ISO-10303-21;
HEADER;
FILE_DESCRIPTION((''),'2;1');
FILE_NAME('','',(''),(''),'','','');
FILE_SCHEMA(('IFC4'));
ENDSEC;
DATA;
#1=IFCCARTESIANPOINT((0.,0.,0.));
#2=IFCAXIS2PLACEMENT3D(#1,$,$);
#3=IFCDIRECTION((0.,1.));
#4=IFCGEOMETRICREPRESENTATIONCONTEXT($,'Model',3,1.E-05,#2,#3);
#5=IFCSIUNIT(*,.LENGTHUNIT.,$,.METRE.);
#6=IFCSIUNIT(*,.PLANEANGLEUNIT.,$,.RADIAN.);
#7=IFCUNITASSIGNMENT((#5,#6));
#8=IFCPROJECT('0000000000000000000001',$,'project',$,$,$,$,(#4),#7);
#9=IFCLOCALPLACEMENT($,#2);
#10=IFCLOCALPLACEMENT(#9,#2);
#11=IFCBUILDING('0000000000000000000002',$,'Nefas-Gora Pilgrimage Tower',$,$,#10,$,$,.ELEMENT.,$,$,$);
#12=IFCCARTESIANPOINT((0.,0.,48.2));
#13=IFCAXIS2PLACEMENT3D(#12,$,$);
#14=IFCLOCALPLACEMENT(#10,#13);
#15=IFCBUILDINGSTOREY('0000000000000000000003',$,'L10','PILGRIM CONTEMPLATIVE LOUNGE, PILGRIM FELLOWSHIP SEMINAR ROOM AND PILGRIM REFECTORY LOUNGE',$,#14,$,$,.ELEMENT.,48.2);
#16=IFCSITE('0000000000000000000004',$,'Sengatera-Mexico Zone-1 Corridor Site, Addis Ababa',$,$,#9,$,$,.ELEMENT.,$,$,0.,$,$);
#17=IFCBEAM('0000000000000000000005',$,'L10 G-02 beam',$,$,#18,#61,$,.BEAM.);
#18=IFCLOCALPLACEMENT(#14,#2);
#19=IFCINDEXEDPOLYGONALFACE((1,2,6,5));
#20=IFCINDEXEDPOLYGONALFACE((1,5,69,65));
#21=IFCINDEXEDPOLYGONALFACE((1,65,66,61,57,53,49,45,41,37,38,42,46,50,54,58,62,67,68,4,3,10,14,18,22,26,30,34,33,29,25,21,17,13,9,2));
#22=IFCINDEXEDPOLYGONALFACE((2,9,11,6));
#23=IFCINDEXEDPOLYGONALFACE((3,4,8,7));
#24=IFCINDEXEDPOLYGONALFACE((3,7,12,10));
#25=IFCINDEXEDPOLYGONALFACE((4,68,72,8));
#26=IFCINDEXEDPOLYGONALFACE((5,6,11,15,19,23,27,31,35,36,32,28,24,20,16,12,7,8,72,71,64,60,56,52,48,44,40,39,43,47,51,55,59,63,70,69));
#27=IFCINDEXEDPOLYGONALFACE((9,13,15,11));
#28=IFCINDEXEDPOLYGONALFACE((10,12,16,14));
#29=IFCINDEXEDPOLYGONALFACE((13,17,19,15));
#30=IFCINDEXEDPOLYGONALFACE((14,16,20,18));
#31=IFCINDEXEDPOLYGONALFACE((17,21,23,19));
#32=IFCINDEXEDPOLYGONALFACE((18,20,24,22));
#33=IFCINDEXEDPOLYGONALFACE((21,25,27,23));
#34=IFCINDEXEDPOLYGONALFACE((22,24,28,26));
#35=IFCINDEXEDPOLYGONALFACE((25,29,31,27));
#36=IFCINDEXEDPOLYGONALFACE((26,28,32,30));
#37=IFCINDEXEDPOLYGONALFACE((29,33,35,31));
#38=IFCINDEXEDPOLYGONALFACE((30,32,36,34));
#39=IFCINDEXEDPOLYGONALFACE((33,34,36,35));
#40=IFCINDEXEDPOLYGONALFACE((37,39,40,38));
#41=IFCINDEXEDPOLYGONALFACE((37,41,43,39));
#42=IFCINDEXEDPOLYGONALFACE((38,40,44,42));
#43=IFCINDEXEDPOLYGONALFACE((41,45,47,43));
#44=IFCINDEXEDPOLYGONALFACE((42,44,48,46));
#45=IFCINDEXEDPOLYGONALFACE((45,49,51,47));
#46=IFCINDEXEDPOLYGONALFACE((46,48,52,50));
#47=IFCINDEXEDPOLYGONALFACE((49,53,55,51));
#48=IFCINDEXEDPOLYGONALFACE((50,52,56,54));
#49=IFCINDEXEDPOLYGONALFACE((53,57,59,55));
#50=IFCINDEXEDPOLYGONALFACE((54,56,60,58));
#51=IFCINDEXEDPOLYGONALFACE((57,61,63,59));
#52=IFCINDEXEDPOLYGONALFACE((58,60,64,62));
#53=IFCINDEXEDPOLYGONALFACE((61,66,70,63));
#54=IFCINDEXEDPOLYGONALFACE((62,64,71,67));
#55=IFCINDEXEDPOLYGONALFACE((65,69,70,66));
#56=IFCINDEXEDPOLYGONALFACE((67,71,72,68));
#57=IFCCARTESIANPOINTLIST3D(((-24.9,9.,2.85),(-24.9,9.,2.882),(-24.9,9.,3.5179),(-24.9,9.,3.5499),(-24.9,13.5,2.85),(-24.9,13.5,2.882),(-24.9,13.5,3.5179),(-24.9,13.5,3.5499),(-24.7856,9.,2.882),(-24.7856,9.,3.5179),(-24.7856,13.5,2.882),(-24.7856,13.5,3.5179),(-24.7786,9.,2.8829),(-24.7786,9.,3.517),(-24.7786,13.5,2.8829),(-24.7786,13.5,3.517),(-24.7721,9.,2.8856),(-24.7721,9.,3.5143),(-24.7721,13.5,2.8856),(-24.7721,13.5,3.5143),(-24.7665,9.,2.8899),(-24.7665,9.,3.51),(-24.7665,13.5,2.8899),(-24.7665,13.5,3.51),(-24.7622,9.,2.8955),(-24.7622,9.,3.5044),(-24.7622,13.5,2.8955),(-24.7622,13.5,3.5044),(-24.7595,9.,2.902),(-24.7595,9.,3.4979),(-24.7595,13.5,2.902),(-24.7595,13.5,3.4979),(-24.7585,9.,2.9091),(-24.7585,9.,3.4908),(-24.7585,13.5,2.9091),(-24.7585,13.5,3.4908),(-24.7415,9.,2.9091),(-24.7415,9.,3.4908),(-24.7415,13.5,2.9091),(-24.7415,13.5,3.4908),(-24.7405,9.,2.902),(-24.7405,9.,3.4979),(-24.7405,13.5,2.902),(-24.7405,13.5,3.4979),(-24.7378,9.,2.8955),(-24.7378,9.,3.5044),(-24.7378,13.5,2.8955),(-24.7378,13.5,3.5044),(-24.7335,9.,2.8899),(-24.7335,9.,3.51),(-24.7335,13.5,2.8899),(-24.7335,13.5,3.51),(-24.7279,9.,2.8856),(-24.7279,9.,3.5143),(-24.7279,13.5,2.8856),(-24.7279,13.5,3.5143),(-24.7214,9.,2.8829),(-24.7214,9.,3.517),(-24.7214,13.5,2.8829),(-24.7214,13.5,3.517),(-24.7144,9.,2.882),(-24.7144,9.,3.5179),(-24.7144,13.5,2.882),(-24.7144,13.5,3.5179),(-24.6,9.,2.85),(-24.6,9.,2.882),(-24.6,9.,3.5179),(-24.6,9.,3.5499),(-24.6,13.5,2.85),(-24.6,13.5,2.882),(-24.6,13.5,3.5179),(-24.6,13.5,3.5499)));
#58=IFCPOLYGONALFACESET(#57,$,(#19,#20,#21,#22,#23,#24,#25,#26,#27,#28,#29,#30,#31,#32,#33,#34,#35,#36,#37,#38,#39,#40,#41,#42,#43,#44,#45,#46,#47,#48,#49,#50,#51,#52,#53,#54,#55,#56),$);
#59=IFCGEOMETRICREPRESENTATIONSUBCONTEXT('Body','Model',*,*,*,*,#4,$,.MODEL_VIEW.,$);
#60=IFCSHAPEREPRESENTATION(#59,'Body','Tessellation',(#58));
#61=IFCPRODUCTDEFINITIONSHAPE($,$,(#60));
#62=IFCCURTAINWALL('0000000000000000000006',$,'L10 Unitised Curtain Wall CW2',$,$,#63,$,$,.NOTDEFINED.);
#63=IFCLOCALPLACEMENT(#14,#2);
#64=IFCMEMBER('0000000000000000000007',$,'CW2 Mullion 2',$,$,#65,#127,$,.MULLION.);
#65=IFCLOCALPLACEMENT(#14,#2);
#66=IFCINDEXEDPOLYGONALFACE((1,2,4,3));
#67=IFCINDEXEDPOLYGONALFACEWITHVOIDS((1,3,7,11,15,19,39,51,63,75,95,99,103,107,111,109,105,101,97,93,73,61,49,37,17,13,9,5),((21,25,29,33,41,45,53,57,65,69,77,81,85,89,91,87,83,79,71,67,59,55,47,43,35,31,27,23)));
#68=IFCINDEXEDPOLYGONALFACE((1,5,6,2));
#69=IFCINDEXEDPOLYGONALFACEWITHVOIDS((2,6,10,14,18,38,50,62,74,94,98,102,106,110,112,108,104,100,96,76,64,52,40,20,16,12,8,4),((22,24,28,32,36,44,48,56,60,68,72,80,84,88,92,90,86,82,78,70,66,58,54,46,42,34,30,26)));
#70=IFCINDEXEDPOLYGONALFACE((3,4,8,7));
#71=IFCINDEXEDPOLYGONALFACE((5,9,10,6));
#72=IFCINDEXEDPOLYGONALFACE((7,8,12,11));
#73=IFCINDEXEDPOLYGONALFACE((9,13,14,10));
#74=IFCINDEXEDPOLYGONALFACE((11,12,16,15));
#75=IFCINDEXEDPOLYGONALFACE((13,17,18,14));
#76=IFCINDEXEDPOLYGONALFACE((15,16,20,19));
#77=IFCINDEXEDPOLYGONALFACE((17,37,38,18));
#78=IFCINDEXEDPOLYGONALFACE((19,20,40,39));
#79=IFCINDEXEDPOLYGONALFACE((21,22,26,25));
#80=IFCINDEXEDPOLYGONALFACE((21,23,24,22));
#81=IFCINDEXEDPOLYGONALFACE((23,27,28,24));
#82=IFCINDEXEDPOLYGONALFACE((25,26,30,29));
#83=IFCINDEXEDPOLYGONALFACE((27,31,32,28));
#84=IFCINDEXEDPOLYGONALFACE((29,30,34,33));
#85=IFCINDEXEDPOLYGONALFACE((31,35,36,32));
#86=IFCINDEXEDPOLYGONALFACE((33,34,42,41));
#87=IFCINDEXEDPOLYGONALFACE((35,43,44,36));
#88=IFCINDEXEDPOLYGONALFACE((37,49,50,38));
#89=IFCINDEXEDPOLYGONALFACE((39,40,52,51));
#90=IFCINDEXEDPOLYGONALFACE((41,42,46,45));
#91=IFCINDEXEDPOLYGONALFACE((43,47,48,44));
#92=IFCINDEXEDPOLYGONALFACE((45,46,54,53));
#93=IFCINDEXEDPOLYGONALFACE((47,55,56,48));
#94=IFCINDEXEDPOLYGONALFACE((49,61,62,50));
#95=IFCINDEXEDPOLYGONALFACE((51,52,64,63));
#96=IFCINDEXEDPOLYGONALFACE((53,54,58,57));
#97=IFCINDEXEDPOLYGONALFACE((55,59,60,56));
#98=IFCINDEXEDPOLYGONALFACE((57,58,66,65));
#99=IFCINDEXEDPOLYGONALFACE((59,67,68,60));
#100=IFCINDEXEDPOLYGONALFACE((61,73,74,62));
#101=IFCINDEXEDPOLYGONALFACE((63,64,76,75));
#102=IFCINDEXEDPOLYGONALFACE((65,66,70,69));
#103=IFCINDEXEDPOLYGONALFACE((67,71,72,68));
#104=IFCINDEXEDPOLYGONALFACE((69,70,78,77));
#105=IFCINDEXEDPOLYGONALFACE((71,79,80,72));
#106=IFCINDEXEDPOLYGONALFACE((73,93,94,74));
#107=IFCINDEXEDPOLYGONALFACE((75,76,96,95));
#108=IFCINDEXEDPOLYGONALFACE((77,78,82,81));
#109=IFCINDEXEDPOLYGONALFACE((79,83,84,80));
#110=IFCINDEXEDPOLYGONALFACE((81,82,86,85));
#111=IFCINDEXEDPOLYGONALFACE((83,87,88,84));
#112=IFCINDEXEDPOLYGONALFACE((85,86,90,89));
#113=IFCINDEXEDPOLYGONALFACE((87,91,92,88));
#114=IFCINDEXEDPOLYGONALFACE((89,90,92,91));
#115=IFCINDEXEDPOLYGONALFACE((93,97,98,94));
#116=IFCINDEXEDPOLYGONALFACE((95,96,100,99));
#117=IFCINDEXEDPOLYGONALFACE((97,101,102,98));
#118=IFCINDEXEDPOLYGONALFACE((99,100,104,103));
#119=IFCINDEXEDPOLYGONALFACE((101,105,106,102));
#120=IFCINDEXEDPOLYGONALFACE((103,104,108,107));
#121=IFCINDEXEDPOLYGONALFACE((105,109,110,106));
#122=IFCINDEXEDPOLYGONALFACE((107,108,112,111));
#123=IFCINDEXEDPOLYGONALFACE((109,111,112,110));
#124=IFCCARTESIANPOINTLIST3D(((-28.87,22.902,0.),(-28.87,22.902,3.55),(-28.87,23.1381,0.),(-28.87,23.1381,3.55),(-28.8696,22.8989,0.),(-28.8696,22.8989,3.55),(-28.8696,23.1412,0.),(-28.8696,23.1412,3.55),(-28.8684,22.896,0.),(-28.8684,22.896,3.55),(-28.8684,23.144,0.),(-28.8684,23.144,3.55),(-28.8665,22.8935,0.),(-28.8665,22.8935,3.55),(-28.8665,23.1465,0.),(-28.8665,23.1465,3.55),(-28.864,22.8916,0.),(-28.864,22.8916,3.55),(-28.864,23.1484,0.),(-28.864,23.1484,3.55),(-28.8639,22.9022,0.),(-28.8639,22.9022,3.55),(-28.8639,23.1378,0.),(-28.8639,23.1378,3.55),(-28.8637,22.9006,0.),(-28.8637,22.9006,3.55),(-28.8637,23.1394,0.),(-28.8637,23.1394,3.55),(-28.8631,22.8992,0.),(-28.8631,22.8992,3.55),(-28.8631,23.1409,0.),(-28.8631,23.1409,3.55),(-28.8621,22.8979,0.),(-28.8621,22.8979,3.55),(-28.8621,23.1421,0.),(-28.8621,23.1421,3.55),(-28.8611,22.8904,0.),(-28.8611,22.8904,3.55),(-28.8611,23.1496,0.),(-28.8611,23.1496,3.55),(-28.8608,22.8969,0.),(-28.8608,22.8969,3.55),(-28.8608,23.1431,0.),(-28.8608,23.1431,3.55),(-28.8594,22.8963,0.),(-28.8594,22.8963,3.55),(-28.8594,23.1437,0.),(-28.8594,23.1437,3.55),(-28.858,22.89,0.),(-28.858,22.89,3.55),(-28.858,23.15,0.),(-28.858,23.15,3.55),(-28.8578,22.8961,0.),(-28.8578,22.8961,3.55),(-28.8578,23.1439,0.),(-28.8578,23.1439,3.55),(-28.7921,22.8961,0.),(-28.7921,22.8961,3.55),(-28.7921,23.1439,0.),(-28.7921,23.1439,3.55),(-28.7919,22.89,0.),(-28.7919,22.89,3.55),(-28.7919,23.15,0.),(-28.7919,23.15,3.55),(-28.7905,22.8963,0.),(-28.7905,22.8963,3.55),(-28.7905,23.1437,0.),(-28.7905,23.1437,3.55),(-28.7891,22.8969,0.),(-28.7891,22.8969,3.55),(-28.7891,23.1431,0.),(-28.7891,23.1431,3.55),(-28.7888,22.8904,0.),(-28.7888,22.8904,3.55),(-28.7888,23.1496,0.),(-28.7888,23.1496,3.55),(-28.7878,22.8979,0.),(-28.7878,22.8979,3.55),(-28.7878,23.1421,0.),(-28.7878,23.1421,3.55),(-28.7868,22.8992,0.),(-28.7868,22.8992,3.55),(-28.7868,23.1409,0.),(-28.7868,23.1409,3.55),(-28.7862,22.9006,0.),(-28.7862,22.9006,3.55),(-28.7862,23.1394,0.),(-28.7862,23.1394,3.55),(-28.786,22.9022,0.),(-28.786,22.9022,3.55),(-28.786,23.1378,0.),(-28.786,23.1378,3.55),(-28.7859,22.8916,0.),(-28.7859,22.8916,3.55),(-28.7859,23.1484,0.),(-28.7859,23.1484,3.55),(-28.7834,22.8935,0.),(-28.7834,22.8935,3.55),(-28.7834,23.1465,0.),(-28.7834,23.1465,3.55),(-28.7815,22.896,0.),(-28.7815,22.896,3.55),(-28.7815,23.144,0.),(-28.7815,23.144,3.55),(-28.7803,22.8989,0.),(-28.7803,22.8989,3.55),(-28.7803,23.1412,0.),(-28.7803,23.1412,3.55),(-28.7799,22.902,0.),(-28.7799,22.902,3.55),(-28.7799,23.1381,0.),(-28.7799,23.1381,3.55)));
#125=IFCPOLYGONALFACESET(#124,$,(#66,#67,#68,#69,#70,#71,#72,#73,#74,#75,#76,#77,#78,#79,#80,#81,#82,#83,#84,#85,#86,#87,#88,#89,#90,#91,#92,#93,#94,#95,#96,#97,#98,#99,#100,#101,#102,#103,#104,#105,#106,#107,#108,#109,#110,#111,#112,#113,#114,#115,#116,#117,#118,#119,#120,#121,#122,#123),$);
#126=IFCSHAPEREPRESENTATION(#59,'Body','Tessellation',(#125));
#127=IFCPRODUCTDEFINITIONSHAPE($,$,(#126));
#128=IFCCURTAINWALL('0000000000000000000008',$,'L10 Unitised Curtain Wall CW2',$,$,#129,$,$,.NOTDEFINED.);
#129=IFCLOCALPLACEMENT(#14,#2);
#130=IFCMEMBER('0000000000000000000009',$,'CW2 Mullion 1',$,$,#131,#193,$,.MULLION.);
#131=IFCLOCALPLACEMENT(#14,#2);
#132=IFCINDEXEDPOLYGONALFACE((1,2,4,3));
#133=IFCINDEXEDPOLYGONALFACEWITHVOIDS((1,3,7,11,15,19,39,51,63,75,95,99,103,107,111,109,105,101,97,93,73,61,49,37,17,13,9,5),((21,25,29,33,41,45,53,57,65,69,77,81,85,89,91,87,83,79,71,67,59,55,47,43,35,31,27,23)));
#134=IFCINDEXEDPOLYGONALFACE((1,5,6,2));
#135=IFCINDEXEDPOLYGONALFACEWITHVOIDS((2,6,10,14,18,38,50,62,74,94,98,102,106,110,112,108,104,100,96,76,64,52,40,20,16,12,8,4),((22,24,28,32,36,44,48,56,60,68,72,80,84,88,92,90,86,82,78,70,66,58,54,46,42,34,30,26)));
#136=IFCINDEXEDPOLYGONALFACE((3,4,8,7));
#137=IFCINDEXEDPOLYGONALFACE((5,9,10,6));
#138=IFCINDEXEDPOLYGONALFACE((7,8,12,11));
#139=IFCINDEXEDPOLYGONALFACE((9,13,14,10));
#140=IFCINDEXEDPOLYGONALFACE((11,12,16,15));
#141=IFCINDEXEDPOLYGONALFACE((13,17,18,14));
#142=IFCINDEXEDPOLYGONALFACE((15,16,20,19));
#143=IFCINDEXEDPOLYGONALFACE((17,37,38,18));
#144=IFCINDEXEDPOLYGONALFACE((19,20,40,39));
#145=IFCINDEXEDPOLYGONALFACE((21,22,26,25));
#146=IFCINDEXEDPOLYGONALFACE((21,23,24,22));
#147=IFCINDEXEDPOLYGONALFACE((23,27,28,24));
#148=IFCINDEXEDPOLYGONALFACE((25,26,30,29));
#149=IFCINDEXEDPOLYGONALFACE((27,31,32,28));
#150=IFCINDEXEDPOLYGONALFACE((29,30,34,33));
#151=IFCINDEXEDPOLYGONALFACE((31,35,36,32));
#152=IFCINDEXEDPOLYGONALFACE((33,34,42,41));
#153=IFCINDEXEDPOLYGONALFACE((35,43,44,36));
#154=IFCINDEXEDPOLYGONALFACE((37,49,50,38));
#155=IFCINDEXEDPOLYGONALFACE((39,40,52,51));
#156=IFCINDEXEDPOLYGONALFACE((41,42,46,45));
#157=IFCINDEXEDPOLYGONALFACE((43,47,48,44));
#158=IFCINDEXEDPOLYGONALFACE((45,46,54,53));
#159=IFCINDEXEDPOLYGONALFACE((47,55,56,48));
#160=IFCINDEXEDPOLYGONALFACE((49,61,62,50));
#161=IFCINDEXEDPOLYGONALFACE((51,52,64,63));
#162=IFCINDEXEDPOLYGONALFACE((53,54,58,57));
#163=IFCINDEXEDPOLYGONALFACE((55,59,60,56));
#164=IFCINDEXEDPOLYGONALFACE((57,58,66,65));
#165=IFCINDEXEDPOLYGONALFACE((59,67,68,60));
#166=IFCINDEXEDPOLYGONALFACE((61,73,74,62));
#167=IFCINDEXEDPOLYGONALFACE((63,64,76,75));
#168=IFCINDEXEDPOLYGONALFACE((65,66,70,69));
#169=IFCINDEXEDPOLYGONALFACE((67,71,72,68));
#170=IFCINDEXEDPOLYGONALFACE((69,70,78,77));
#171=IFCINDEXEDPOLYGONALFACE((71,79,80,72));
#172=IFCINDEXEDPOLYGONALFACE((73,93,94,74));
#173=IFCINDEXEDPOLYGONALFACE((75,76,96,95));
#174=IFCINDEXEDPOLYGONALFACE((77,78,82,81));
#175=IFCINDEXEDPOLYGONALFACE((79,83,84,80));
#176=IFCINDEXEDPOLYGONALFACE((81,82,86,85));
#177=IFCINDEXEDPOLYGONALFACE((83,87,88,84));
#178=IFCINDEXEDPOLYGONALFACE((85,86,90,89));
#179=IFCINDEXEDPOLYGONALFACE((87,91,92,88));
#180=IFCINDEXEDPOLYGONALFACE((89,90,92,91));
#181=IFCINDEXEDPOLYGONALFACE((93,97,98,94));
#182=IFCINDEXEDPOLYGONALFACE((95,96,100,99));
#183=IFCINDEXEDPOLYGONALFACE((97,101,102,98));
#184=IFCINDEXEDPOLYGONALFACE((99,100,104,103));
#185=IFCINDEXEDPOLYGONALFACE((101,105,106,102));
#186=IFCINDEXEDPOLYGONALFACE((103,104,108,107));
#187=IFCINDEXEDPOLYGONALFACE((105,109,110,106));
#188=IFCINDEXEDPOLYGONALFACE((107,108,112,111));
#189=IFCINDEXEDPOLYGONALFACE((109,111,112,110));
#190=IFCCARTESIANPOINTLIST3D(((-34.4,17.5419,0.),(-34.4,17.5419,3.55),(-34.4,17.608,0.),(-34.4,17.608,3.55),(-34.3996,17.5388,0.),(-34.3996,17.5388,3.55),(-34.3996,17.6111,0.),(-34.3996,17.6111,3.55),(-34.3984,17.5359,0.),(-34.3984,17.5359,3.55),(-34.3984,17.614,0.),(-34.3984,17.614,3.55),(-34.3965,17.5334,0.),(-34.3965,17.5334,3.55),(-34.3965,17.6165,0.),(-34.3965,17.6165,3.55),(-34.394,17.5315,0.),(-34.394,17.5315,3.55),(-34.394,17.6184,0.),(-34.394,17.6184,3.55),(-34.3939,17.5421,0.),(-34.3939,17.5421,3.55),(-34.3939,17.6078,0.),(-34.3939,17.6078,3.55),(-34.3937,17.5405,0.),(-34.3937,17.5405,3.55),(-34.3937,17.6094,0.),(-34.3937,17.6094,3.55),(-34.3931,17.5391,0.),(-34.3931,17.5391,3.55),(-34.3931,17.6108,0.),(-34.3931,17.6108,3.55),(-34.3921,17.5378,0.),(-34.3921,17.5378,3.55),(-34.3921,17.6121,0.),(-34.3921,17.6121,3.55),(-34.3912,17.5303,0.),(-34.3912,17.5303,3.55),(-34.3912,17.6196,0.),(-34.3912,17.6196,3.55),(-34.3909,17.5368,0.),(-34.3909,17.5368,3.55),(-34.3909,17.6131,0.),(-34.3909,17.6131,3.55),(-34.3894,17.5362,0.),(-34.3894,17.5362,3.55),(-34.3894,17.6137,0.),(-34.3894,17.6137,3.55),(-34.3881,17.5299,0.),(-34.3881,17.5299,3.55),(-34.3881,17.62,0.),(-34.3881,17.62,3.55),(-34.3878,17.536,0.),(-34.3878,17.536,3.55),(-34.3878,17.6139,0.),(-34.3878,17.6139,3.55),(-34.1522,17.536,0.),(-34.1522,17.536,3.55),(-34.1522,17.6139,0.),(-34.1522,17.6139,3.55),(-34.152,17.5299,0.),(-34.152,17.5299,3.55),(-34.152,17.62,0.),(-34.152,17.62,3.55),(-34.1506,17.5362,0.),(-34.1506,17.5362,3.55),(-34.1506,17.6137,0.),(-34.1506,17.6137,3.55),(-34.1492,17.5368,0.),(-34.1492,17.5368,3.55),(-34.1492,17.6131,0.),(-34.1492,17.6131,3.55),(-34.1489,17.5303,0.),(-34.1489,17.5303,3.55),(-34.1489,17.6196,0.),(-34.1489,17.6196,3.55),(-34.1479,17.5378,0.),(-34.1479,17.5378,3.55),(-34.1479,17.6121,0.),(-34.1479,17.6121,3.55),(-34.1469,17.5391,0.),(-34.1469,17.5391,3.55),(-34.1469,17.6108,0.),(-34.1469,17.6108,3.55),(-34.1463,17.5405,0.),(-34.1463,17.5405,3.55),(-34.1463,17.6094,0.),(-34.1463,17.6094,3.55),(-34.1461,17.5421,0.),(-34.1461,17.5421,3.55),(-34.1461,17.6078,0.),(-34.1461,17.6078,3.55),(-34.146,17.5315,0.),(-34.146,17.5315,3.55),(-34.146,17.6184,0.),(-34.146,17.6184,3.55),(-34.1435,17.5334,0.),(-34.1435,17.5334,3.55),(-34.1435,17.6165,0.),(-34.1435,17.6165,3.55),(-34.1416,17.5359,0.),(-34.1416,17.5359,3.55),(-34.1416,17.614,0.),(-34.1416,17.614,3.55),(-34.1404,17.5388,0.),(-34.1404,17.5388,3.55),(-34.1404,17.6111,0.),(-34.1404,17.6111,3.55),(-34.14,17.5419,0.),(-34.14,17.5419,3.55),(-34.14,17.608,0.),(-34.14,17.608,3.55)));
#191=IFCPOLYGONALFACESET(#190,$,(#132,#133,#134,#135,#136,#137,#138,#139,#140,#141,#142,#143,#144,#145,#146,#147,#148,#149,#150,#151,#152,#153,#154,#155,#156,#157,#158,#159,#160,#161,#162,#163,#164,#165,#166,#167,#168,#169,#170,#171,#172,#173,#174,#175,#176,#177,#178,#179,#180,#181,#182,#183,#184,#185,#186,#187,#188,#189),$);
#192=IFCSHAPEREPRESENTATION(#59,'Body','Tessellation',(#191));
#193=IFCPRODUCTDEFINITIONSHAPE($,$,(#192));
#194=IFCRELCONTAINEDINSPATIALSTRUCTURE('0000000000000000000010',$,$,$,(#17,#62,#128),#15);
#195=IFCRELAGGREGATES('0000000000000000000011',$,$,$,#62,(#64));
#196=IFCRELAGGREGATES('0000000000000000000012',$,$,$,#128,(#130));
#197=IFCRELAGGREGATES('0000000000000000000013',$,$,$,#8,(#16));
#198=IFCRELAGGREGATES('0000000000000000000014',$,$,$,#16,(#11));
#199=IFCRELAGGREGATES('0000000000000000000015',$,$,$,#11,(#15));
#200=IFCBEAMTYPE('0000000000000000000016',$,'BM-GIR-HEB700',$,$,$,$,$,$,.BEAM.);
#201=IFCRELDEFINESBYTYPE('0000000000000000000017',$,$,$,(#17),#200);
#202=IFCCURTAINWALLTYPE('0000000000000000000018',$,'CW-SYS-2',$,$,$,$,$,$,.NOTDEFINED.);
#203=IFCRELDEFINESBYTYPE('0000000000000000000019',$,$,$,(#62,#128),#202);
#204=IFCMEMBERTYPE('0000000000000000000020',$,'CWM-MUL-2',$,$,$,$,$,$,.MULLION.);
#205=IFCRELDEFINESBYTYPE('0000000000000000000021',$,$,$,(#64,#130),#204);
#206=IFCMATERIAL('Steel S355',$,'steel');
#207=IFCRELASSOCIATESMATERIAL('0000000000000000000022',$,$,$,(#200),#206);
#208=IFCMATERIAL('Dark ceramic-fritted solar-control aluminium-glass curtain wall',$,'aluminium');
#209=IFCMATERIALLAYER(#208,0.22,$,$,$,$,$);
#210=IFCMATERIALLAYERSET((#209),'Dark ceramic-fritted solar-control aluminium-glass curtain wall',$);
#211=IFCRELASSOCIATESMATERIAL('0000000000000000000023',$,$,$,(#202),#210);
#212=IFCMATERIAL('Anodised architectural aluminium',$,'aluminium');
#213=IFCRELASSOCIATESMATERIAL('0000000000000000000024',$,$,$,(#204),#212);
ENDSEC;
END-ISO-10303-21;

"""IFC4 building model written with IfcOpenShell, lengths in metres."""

from ifc_helpers import new_model, si_unit, direction, frame, origin, origin_2d, place, context, subcontext, project, spatial, hollow_rectangle, i_section, extrude, source, transform, mapped, material, layer, layer_set, material_profile, profile_set, type_object, element, aggregate, save


model = new_model("IFC4")

# Units and contexts
model_context = context("Model", 3, precision=1e-05, world=origin(), true_north=direction((0.0, 1.0)))
body_context = subcontext(model_context, "Body", "Model", "MODEL_VIEW")
ifc_project = project(units=[si_unit("LENGTHUNIT", "METRE"), si_unit("PLANEANGLEUNIT", "RADIAN")], contexts=[model_context])

# Site, building, storey
site_placement = place(None, origin())
site = spatial("IfcSite", under=ifc_project, at=site_placement, Name="Sengatera-Mexico Zone-1 Corridor Site, Addis Ababa", CompositionType="ELEMENT", RefElevation=0.0)
building_placement = place(site_placement, origin())
building = spatial("IfcBuilding", under=site, at=building_placement, Name="Nefas-Gora Pilgrimage Tower", CompositionType="ELEMENT")
storey_placement = place(building_placement, frame((0.0, 0.0, 48.2)))
storey = spatial("IfcBuildingStorey", under=building, at=storey_placement, Name="L10", Description="PILGRIM CONTEMPLATIVE LOUNGE, PILGRIM FELLOWSHIP SEMINAR ROOM AND PILGRIM REFECTORY LOUNGE", CompositionType="ELEMENT", Elevation=48.2)

# Beam
ifc_material_1 = material(Name="Steel S355", Category="steel")
ifc_material_profile_1 = material_profile(ifc_material_1, i_section(OverallWidth=0.3, OverallDepth=0.7, WebThickness=0.0171, FlangeThickness=0.032, FilletRadius=0.0271, at=origin_2d()), Name="HEB 700")
ifc_profile_set_1 = profile_set([ifc_material_profile_1], Name="Steel S355")
beam_type_1 = type_object("IfcBeamType", Name="BM-GIR-HEB700", PredefinedType="BEAM", material=ifc_profile_set_1)
shared_shape_1 = source(origin(), body_context, "Body", "SweptSolid", [
    extrude(i_section(OverallWidth=0.3, OverallDepth=0.7, WebThickness=0.0171, FlangeThickness=0.032, FilletRadius=0.0271, at=origin_2d()), origin(), (0.0, 0.0, 1.0), 4.5),
])
for number, where, z_axis, x_axis, name in (
    (1, (-24.75, 9.0, 3.2), (0.0, 1.0, 0.0), (-1.0, 0.0, 0.0), "L10 G-02 beam"),
):
    element("IfcBeam", number, at=place(storey_placement, frame(where, z_axis=z_axis, x_axis=x_axis)), inside=storey, type_object=beam_type_1, Name=name, PredefinedType="BEAM", context=body_context, shape_type="MappedRepresentation", body=[
        mapped(shared_shape_1, transform((0.0, 0.0, 0.0), x_axis=(1.0, 0.0, 0.0), y_axis=(0.0, 1.0, 0.0), z_axis=(0.0, 0.0, 1.0), scale=1.0)),
    ])

# Curtain wall, member
ifc_material_2 = material(Name="Dark ceramic-fritted solar-control aluminium-glass curtain wall", Category="aluminium")
ifc_layer_1 = layer(ifc_material_2, 0.22)
ifc_layer_set_1 = layer_set([ifc_layer_1], Name="Dark ceramic-fritted solar-control aluminium-glass curtain wall")
curtain_wall_type = type_object("IfcCurtainWallType", Name="CW-SYS-2", PredefinedType="NOTDEFINED", material=ifc_layer_set_1)
curtain_wall_1_placement = place(storey_placement, origin())
curtain_wall_1 = element("IfcCurtainWall", 2, at=curtain_wall_1_placement, inside=storey, type_object=curtain_wall_type, Name="L10 Unitised Curtain Wall CW2", PredefinedType="NOTDEFINED")
ifc_material_3 = material(Name="Anodised architectural aluminium", Category="aluminium")
ifc_material_profile_2 = material_profile(ifc_material_3, hollow_rectangle(XDim=0.0901, YDim=0.26, WallThickness=0.0061, InnerFilletRadius=0.0061, OuterFilletRadius=0.012, at=origin_2d()), Name="ALU MULLION 90x260")
ifc_profile_set_2 = profile_set([ifc_material_profile_2], Name="Anodised architectural aluminium")
member_type_1 = type_object("IfcMemberType", Name="CWM-MUL-2", PredefinedType="MULLION", material=ifc_profile_set_2)
shared_shape_2 = source(origin(), body_context, "Body", "SweptSolid", [
    extrude(hollow_rectangle(XDim=0.0901, YDim=0.26, WallThickness=0.0061, InnerFilletRadius=0.0061, OuterFilletRadius=0.012, at=origin_2d()), origin(), (0.0, 0.0, 1.0), 3.55),
])
member_1_placement = place(storey_placement, frame((-28.825, 23.02, 0.0), z_axis=(0.0, 0.0, 1.0), x_axis=(-1.0, 0.0, 0.0)))
member_1 = element("IfcMember", 3, at=member_1_placement, type_object=member_type_1, Name="CW2 Mullion 2", PredefinedType="MULLION", context=body_context, shape_type="MappedRepresentation", body=[
    mapped(shared_shape_2, transform((0.0, 0.0, 0.0), x_axis=(1.0, 0.0, 0.0), y_axis=(0.0, 1.0, 0.0), z_axis=(0.0, 0.0, 1.0), scale=1.0)),
])
aggregate(curtain_wall_1, [member_1])

# Curtain wall, member
curtain_wall_2_placement = place(storey_placement, origin())
curtain_wall_2 = element("IfcCurtainWall", 4, at=curtain_wall_2_placement, inside=storey, type_object=curtain_wall_type, Name="L10 Unitised Curtain Wall CW2", PredefinedType="NOTDEFINED")
member_2_placement = place(storey_placement, frame((-34.27, 17.575, 0.0), z_axis=(0.0, 0.0, 1.0), x_axis=(0.0, -1.0, 0.0)))
member_2 = element("IfcMember", 5, at=member_2_placement, type_object=member_type_1, Name="CW2 Mullion 1", PredefinedType="MULLION", context=body_context, shape_type="MappedRepresentation", body=[
    mapped(shared_shape_2, transform((0.0, 0.0, 0.0), x_axis=(1.0, 0.0, 0.0), y_axis=(0.0, 1.0, 0.0), z_axis=(0.0, 0.0, 1.0), scale=1.0)),
])
aggregate(curtain_wall_2, [member_2])

save(model, "model.ifc")
